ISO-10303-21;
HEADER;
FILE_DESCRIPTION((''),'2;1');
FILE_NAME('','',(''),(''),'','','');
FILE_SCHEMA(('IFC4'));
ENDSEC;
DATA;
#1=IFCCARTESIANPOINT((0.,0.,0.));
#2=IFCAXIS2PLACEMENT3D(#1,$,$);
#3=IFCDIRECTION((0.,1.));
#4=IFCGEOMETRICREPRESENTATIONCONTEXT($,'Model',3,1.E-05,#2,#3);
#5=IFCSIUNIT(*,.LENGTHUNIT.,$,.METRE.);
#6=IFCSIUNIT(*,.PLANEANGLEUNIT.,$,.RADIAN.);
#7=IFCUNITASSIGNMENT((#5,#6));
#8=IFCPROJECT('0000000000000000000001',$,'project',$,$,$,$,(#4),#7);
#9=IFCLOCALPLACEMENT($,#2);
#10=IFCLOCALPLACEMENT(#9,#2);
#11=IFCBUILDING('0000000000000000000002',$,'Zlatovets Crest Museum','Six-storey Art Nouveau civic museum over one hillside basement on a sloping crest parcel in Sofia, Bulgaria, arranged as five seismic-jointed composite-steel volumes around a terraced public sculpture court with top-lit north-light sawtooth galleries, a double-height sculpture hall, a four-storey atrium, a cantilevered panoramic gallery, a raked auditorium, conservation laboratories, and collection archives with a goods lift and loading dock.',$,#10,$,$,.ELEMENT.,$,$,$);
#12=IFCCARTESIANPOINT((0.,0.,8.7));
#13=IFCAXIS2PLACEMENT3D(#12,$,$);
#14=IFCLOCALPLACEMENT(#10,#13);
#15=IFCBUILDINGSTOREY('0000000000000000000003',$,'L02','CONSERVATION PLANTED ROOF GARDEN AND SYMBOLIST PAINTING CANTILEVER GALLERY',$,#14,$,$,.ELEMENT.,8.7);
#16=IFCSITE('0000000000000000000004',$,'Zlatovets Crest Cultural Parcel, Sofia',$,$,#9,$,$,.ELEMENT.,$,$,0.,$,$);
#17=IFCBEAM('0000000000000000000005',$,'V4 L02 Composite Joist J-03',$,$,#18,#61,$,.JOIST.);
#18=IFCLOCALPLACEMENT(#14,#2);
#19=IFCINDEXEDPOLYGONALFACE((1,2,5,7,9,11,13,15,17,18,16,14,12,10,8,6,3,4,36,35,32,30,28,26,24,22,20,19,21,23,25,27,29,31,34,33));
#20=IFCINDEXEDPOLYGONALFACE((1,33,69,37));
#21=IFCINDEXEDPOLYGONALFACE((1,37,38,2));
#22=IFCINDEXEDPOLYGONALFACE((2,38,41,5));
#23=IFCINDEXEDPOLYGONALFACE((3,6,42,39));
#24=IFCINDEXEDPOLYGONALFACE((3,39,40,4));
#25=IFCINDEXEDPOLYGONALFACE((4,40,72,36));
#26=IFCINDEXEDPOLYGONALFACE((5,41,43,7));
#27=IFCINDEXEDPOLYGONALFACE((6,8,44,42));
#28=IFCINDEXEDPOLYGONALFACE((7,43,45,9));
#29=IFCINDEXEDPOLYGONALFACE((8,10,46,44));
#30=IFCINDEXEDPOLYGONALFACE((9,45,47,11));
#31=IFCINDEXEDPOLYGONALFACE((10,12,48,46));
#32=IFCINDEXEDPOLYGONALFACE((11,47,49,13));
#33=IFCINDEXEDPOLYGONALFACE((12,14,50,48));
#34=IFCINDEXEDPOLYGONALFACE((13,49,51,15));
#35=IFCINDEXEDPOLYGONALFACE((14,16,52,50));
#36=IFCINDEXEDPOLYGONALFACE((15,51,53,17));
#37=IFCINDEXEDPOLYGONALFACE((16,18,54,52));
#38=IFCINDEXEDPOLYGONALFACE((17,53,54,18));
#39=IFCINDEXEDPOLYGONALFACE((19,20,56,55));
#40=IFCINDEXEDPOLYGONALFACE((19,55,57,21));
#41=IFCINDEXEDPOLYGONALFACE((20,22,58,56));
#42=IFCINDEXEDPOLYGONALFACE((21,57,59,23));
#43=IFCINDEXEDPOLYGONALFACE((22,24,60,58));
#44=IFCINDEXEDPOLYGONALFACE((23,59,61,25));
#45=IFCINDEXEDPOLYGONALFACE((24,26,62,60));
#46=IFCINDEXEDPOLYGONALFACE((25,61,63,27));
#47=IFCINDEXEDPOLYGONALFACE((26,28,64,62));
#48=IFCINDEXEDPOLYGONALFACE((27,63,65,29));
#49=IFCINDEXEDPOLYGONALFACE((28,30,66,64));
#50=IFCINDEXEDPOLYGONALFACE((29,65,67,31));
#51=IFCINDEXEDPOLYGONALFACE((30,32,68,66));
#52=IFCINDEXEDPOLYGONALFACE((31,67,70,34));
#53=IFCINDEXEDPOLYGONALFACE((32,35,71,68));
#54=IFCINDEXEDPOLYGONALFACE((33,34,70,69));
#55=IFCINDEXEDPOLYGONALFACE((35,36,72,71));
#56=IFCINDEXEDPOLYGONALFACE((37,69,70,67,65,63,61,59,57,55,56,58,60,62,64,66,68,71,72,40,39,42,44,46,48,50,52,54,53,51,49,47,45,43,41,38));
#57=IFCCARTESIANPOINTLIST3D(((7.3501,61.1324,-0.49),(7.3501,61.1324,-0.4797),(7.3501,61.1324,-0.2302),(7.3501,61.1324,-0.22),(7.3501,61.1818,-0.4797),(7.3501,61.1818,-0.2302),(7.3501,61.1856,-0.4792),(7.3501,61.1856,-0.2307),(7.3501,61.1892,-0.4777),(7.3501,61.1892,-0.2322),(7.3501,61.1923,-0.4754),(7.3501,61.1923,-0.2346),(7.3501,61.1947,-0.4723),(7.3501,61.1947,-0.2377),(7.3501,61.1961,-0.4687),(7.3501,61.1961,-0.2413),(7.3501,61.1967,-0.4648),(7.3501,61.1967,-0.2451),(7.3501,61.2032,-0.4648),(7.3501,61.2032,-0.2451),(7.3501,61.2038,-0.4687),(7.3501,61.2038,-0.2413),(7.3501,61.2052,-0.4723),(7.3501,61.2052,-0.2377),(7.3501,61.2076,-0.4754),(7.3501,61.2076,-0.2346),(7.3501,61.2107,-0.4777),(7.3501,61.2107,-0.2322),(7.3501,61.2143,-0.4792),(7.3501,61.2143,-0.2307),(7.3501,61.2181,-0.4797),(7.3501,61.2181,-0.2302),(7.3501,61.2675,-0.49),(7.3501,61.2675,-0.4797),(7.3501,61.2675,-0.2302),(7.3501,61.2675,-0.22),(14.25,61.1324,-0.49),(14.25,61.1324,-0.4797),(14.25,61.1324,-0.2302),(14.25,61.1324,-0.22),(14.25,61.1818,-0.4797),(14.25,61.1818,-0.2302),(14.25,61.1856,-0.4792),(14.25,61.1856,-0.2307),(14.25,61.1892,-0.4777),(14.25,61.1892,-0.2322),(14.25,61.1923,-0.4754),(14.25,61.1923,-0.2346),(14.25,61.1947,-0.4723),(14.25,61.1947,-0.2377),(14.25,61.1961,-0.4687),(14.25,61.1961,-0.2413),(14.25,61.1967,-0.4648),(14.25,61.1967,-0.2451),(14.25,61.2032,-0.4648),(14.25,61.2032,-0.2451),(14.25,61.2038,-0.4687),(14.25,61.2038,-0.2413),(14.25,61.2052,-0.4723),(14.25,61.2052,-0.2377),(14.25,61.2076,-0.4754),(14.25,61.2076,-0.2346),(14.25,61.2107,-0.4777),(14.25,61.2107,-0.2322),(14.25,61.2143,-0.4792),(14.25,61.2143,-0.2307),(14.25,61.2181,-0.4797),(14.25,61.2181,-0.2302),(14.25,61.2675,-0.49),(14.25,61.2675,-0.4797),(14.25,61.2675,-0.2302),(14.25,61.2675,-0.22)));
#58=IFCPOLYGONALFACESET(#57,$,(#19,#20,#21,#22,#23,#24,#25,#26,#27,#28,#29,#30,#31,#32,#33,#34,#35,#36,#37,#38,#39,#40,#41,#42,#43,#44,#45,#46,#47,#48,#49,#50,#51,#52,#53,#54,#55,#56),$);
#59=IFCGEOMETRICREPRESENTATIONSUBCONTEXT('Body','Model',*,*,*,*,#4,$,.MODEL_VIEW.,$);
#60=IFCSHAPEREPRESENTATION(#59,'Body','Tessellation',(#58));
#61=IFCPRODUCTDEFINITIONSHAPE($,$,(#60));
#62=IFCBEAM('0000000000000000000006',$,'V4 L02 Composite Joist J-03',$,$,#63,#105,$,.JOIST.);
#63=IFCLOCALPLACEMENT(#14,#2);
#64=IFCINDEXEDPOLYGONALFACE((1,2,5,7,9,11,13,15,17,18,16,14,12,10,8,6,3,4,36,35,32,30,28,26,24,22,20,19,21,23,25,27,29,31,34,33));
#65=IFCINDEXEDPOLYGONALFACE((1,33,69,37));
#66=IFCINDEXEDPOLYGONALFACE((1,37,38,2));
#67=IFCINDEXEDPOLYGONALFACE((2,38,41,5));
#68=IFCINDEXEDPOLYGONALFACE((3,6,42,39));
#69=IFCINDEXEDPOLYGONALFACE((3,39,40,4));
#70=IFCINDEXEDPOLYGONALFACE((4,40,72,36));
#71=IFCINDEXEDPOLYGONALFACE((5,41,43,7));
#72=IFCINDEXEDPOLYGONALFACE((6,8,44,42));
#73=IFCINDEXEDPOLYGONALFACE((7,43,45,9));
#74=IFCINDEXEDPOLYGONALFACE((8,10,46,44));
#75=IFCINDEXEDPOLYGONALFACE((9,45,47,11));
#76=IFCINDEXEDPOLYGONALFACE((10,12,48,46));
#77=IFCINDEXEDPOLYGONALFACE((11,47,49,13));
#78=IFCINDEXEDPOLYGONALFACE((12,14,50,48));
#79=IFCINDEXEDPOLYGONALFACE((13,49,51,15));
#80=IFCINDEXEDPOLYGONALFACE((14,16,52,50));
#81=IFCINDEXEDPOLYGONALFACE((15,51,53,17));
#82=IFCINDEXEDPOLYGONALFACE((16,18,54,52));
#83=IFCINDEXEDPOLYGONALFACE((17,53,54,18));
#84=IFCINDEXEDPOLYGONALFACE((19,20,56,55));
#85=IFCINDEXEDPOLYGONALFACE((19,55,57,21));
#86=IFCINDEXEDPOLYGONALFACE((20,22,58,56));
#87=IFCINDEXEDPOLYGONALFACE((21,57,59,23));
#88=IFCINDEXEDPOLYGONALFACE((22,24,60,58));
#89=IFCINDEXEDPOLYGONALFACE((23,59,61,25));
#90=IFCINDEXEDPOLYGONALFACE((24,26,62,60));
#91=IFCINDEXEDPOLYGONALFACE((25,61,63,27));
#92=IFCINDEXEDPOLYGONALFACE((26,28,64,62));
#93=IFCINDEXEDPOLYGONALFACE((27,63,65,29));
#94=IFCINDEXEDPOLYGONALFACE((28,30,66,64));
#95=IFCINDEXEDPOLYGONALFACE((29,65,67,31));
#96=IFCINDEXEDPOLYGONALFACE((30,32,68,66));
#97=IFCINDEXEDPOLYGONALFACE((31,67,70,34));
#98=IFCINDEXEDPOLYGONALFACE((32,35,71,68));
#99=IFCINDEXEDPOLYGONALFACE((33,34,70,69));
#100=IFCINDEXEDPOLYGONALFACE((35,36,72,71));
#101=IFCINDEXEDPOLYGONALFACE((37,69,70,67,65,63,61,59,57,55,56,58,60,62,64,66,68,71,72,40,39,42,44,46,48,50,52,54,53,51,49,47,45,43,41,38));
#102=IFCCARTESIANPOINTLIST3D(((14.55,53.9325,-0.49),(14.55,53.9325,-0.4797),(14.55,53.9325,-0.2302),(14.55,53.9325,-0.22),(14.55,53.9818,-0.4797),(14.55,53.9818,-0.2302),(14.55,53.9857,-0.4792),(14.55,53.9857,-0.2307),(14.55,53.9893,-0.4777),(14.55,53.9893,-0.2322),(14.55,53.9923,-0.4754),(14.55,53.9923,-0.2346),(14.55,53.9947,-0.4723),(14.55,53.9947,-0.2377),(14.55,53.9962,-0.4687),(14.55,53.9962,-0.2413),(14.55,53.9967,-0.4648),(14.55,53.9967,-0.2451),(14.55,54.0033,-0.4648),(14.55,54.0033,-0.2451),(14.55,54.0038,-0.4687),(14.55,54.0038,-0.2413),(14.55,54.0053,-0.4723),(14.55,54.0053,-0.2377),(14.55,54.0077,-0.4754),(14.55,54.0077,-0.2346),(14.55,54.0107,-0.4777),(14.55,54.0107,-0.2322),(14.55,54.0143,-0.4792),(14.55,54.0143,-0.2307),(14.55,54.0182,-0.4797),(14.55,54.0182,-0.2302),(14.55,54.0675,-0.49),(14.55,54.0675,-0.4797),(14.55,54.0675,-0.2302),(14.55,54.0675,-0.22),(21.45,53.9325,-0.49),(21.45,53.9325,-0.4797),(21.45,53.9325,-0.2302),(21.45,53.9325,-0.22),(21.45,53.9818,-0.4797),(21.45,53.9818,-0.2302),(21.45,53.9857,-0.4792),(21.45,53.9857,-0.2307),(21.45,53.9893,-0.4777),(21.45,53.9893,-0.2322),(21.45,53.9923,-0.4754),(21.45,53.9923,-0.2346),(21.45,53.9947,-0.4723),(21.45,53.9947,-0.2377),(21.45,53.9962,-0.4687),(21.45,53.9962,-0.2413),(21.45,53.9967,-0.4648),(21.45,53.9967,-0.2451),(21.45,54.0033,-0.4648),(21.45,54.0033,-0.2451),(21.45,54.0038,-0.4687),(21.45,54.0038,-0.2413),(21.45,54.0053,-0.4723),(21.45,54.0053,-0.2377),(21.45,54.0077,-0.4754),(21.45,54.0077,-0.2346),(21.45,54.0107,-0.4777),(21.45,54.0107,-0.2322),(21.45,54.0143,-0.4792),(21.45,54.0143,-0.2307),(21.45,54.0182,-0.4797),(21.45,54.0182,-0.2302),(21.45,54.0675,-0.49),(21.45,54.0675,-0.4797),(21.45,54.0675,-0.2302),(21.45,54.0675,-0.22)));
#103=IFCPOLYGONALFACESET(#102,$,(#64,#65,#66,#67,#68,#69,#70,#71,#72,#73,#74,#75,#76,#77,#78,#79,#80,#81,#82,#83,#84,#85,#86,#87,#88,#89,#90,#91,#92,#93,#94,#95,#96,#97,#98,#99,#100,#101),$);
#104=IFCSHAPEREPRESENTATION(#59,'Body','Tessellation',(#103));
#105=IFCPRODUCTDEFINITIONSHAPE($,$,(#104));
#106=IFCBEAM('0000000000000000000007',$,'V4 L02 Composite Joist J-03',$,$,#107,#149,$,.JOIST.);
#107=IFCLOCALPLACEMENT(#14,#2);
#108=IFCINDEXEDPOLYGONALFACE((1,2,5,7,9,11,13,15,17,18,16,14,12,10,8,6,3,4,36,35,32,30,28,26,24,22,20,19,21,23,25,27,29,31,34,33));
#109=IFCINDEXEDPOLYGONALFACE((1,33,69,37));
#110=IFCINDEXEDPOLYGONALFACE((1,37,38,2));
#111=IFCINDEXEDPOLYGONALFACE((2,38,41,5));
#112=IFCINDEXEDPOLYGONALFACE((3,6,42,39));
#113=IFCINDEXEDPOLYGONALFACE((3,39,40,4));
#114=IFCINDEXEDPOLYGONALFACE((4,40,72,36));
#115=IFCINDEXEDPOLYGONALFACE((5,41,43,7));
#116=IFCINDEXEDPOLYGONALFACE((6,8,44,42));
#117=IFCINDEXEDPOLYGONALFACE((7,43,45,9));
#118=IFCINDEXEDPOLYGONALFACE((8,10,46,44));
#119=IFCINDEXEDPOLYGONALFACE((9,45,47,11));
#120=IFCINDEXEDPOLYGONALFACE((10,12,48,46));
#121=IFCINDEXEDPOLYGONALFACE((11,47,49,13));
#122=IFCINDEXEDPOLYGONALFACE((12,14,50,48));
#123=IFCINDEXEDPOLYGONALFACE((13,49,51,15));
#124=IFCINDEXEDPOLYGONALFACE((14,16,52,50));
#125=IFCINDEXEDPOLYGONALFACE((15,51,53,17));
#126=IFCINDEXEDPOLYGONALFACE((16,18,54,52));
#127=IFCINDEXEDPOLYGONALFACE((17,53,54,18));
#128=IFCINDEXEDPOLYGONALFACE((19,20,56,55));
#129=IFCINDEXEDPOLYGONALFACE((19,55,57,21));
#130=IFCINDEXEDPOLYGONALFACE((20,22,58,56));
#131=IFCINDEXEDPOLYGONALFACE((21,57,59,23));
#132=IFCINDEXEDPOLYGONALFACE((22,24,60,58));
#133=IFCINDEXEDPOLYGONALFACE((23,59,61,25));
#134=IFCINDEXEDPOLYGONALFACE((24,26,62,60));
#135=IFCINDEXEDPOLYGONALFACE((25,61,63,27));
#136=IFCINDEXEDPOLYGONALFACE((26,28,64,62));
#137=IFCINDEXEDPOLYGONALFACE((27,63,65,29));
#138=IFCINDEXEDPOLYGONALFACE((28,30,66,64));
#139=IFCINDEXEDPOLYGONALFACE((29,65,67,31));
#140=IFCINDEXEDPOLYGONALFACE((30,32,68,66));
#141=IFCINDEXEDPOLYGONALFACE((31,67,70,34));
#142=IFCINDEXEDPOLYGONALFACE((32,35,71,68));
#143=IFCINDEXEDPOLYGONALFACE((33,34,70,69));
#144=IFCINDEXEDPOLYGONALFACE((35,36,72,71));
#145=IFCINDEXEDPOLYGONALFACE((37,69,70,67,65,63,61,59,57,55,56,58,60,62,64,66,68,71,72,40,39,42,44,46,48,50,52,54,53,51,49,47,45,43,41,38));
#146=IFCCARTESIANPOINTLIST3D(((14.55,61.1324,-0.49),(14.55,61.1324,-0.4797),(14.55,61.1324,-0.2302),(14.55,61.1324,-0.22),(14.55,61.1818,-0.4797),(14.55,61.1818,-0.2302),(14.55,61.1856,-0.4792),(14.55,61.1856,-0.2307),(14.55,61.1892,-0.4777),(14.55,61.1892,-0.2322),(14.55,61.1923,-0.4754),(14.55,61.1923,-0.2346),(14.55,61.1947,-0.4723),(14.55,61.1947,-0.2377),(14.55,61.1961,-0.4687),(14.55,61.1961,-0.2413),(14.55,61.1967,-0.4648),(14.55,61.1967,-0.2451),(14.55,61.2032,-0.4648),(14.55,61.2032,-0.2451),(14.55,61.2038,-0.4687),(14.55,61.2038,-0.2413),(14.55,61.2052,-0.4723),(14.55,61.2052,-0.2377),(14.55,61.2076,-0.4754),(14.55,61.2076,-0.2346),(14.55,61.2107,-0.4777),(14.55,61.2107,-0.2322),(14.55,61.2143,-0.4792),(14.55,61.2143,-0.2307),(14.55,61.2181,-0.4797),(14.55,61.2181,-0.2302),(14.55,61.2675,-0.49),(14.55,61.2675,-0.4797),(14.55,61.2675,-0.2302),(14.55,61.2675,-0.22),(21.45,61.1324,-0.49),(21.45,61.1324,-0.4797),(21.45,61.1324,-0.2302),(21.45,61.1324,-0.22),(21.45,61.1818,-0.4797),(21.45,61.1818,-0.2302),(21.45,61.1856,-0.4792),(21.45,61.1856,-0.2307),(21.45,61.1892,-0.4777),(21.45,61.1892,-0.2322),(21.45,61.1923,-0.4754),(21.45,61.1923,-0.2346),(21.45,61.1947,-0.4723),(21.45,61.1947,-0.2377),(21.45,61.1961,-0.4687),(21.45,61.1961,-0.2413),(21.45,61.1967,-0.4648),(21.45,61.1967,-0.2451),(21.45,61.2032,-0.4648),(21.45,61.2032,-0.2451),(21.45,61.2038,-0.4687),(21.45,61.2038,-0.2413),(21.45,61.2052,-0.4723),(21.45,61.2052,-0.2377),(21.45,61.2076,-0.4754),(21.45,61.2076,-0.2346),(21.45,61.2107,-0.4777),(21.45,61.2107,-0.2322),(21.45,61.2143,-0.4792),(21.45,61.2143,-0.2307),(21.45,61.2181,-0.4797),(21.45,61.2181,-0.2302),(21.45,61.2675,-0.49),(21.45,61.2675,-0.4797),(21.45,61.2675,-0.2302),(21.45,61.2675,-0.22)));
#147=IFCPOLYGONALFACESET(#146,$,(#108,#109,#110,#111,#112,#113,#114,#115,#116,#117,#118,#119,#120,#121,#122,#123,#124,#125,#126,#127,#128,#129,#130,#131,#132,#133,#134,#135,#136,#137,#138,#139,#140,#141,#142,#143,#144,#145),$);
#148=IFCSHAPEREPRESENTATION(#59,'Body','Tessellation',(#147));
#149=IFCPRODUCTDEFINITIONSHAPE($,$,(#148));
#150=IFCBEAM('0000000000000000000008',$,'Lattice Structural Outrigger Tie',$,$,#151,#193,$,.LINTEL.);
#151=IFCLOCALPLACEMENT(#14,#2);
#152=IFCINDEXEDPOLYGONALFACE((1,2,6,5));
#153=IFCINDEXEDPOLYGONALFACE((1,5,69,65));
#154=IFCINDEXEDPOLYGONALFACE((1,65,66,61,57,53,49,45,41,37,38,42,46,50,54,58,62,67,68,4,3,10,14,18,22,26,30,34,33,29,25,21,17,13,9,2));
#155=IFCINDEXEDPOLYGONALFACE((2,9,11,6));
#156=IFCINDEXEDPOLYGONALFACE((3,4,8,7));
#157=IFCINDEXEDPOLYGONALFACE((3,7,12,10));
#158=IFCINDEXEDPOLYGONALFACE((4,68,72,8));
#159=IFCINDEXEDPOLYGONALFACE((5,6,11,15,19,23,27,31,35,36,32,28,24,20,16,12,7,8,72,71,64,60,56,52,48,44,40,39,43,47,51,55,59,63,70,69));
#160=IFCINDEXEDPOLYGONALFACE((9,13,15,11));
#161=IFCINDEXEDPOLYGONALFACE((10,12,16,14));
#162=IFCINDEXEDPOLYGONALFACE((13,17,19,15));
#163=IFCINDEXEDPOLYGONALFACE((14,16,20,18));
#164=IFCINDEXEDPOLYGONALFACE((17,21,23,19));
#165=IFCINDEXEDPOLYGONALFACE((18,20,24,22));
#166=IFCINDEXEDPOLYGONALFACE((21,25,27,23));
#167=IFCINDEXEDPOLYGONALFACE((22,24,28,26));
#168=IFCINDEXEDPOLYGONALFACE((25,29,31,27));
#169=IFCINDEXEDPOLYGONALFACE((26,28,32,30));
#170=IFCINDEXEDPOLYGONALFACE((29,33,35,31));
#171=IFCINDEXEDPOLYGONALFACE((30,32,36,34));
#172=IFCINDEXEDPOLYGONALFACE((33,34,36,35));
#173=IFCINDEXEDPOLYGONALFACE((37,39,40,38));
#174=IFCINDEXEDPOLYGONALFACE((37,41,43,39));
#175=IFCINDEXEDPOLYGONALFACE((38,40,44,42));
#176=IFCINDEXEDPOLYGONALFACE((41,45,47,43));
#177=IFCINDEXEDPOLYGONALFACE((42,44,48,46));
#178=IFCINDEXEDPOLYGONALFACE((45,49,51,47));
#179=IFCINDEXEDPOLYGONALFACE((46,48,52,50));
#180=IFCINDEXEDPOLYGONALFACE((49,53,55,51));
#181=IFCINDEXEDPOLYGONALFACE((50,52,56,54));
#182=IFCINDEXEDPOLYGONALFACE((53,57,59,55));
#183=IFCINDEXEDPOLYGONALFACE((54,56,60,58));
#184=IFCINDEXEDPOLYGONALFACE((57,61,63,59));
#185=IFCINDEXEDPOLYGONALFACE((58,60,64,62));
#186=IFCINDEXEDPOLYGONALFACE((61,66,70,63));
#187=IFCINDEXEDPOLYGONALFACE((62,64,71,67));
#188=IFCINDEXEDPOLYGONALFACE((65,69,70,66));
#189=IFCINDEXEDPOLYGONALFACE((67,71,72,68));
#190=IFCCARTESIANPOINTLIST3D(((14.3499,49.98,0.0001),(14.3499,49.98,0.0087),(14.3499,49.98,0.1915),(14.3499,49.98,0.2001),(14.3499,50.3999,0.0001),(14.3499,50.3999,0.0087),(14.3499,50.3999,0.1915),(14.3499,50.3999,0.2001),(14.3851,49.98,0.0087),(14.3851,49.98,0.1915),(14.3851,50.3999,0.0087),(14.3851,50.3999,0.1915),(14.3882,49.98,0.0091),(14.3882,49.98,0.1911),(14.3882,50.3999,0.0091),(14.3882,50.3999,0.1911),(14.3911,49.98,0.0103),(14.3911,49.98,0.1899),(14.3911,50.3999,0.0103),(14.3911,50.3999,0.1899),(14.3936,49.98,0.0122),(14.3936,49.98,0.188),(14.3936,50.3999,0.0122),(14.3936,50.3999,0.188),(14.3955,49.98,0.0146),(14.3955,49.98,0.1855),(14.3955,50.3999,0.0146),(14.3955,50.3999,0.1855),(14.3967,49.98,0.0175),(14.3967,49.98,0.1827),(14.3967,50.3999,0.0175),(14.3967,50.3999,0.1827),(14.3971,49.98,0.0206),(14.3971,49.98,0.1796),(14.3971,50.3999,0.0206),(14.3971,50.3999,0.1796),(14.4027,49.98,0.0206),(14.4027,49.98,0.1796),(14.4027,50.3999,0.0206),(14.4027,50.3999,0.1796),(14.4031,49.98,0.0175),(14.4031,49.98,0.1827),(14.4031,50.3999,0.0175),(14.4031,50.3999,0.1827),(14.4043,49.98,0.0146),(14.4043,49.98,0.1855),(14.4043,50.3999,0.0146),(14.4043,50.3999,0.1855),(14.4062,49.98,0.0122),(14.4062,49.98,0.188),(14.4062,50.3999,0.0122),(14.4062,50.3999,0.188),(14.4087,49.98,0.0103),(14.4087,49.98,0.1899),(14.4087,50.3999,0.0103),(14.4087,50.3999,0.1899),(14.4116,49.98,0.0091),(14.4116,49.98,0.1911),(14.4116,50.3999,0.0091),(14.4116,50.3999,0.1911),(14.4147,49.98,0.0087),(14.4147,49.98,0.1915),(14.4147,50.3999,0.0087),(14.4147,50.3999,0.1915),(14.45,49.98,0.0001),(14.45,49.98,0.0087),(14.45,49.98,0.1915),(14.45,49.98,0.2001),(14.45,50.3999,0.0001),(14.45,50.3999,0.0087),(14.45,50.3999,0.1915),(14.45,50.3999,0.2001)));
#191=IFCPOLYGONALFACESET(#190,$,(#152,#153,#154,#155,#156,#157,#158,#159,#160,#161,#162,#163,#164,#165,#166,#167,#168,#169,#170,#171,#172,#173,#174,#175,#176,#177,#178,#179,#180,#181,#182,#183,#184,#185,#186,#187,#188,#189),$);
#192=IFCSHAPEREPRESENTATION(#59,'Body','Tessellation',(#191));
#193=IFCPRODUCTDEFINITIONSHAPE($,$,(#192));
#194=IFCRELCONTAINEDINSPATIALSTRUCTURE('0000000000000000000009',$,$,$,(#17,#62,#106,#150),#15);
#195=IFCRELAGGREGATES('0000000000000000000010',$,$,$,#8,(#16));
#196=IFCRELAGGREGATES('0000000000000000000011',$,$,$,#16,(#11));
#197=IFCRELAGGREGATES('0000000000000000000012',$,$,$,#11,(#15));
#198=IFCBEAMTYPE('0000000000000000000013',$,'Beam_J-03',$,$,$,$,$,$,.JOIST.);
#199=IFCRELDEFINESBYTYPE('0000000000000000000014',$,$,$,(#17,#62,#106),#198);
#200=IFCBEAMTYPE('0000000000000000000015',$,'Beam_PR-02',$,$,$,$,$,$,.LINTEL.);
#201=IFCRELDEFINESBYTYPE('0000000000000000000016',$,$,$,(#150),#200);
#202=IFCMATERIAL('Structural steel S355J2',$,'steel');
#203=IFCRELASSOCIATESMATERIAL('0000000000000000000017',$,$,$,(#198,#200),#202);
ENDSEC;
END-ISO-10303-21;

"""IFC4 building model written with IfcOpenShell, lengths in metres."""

from ifc_helpers import new_model, si_unit, direction, frame, origin, origin_2d, place, context, subcontext, project, spatial, i_section, extrude, material, material_profile, profile_set, type_object, element, save


model = new_model("IFC4")

# Units and contexts
model_context = context("Model", 3, precision=1e-05, world=origin(), true_north=direction((0.0, 1.0)))
body_context = subcontext(model_context, "Body", "Model", "MODEL_VIEW")
ifc_project = project(units=[si_unit("LENGTHUNIT", "METRE"), si_unit("PLANEANGLEUNIT", "RADIAN")], contexts=[model_context])

# Site, building, storey
site_placement = place(None, origin())
site = spatial("IfcSite", under=ifc_project, at=site_placement, Name="Zlatovets Crest Cultural Parcel, Sofia", CompositionType="ELEMENT", RefElevation=0.0)
building_placement = place(site_placement, origin())
building = spatial("IfcBuilding", under=site, at=building_placement, Name="Zlatovets Crest Museum", Description="Six-storey Art Nouveau civic museum over one hillside basement on a sloping crest parcel in Sofia, Bulgaria, arranged as five seismic-jointed composite-steel volumes around a terraced public sculpture court with top-lit north-light sawtooth galleries, a double-height sculpture hall, a four-storey atrium, a cantilevered panoramic gallery, a raked auditorium, conservation laboratories, and collection archives with a goods lift and loading dock.", CompositionType="ELEMENT")
storey_placement = place(building_placement, frame((0.0, 0.0, 8.7)))
storey = spatial("IfcBuildingStorey", under=building, at=storey_placement, Name="L02", Description="CONSERVATION PLANTED ROOF GARDEN AND SYMBOLIST PAINTING CANTILEVER GALLERY", CompositionType="ELEMENT", Elevation=8.7)

# Shared definitions
ifc_material_1 = material(Name="Structural steel S355J2", Category="steel")

# Beams
ifc_material_profile_1 = material_profile(ifc_material_1, i_section(OverallWidth=0.135, OverallDepth=0.27, WebThickness=0.0066, FlangeThickness=0.0103, FilletRadius=0.0149, at=origin_2d()), Name="IPE 270")
ifc_profile_set_1 = profile_set([ifc_material_profile_1], Name="Structural steel S355J2")
beam_type_1 = type_object("IfcBeamType", Name="Beam_J-03", PredefinedType="JOIST", material=ifc_profile_set_1)
for number, where, z_axis, x_axis, name in (
    (1, (7.3501, 61.2, -0.355), (1.0, 0.0, 0.0), (0.0, 1.0, 0.0), "V4 L02 Composite Joist J-03"),
    (2, (14.55, 54.0, -0.355), (1.0, 0.0, 0.0), (0.0, 1.0, 0.0), "V4 L02 Composite Joist J-03"),
    (3, (14.55, 61.2, -0.355), (1.0, 0.0, 0.0), (0.0, 1.0, 0.0), "V4 L02 Composite Joist J-03"),
):
    element("IfcBeam", number, at=place(storey_placement, frame(where, z_axis=z_axis, x_axis=x_axis)), inside=storey, type_object=beam_type_1, Name=name, PredefinedType="JOIST", context=body_context, shape_type="SweptSolid", body=[
        extrude(i_section(OverallWidth=0.135, OverallDepth=0.27, WebThickness=0.0066, FlangeThickness=0.0103, FilletRadius=0.0149, at=origin_2d()), origin(), (0.0, 0.0, 1.0), 6.8999),
    ])
ifc_material_profile_2 = material_profile(ifc_material_1, i_section(OverallWidth=0.1001, OverallDepth=0.2, WebThickness=0.0056, FlangeThickness=0.0085, FilletRadius=0.012, at=origin_2d()), Name="IPE 200")
ifc_profile_set_2 = profile_set([ifc_material_profile_2], Name="Structural steel S355J2")
beam_type_2 = type_object("IfcBeamType", Name="Beam_PR-02", PredefinedType="LINTEL", material=ifc_profile_set_2)
for number, where, z_axis, x_axis, name in (
    (4, (14.3999, 50.3999, 0.1001), (0.0, -1.0, 0.0), (1.0, 0.0, 0.0), "Lattice Structural Outrigger Tie"),
):
    element("IfcBeam", number, at=place(storey_placement, frame(where, z_axis=z_axis, x_axis=x_axis)), inside=storey, type_object=beam_type_2, Name=name, PredefinedType="LINTEL", context=body_context, shape_type="SweptSolid", body=[
        extrude(i_section(OverallWidth=0.1001, OverallDepth=0.2, WebThickness=0.0056, FlangeThickness=0.0085, FilletRadius=0.012, at=origin_2d()), origin(), (0.0, 0.0, 1.0), 0.4199),
    ])

save(model, "model.ifc")
